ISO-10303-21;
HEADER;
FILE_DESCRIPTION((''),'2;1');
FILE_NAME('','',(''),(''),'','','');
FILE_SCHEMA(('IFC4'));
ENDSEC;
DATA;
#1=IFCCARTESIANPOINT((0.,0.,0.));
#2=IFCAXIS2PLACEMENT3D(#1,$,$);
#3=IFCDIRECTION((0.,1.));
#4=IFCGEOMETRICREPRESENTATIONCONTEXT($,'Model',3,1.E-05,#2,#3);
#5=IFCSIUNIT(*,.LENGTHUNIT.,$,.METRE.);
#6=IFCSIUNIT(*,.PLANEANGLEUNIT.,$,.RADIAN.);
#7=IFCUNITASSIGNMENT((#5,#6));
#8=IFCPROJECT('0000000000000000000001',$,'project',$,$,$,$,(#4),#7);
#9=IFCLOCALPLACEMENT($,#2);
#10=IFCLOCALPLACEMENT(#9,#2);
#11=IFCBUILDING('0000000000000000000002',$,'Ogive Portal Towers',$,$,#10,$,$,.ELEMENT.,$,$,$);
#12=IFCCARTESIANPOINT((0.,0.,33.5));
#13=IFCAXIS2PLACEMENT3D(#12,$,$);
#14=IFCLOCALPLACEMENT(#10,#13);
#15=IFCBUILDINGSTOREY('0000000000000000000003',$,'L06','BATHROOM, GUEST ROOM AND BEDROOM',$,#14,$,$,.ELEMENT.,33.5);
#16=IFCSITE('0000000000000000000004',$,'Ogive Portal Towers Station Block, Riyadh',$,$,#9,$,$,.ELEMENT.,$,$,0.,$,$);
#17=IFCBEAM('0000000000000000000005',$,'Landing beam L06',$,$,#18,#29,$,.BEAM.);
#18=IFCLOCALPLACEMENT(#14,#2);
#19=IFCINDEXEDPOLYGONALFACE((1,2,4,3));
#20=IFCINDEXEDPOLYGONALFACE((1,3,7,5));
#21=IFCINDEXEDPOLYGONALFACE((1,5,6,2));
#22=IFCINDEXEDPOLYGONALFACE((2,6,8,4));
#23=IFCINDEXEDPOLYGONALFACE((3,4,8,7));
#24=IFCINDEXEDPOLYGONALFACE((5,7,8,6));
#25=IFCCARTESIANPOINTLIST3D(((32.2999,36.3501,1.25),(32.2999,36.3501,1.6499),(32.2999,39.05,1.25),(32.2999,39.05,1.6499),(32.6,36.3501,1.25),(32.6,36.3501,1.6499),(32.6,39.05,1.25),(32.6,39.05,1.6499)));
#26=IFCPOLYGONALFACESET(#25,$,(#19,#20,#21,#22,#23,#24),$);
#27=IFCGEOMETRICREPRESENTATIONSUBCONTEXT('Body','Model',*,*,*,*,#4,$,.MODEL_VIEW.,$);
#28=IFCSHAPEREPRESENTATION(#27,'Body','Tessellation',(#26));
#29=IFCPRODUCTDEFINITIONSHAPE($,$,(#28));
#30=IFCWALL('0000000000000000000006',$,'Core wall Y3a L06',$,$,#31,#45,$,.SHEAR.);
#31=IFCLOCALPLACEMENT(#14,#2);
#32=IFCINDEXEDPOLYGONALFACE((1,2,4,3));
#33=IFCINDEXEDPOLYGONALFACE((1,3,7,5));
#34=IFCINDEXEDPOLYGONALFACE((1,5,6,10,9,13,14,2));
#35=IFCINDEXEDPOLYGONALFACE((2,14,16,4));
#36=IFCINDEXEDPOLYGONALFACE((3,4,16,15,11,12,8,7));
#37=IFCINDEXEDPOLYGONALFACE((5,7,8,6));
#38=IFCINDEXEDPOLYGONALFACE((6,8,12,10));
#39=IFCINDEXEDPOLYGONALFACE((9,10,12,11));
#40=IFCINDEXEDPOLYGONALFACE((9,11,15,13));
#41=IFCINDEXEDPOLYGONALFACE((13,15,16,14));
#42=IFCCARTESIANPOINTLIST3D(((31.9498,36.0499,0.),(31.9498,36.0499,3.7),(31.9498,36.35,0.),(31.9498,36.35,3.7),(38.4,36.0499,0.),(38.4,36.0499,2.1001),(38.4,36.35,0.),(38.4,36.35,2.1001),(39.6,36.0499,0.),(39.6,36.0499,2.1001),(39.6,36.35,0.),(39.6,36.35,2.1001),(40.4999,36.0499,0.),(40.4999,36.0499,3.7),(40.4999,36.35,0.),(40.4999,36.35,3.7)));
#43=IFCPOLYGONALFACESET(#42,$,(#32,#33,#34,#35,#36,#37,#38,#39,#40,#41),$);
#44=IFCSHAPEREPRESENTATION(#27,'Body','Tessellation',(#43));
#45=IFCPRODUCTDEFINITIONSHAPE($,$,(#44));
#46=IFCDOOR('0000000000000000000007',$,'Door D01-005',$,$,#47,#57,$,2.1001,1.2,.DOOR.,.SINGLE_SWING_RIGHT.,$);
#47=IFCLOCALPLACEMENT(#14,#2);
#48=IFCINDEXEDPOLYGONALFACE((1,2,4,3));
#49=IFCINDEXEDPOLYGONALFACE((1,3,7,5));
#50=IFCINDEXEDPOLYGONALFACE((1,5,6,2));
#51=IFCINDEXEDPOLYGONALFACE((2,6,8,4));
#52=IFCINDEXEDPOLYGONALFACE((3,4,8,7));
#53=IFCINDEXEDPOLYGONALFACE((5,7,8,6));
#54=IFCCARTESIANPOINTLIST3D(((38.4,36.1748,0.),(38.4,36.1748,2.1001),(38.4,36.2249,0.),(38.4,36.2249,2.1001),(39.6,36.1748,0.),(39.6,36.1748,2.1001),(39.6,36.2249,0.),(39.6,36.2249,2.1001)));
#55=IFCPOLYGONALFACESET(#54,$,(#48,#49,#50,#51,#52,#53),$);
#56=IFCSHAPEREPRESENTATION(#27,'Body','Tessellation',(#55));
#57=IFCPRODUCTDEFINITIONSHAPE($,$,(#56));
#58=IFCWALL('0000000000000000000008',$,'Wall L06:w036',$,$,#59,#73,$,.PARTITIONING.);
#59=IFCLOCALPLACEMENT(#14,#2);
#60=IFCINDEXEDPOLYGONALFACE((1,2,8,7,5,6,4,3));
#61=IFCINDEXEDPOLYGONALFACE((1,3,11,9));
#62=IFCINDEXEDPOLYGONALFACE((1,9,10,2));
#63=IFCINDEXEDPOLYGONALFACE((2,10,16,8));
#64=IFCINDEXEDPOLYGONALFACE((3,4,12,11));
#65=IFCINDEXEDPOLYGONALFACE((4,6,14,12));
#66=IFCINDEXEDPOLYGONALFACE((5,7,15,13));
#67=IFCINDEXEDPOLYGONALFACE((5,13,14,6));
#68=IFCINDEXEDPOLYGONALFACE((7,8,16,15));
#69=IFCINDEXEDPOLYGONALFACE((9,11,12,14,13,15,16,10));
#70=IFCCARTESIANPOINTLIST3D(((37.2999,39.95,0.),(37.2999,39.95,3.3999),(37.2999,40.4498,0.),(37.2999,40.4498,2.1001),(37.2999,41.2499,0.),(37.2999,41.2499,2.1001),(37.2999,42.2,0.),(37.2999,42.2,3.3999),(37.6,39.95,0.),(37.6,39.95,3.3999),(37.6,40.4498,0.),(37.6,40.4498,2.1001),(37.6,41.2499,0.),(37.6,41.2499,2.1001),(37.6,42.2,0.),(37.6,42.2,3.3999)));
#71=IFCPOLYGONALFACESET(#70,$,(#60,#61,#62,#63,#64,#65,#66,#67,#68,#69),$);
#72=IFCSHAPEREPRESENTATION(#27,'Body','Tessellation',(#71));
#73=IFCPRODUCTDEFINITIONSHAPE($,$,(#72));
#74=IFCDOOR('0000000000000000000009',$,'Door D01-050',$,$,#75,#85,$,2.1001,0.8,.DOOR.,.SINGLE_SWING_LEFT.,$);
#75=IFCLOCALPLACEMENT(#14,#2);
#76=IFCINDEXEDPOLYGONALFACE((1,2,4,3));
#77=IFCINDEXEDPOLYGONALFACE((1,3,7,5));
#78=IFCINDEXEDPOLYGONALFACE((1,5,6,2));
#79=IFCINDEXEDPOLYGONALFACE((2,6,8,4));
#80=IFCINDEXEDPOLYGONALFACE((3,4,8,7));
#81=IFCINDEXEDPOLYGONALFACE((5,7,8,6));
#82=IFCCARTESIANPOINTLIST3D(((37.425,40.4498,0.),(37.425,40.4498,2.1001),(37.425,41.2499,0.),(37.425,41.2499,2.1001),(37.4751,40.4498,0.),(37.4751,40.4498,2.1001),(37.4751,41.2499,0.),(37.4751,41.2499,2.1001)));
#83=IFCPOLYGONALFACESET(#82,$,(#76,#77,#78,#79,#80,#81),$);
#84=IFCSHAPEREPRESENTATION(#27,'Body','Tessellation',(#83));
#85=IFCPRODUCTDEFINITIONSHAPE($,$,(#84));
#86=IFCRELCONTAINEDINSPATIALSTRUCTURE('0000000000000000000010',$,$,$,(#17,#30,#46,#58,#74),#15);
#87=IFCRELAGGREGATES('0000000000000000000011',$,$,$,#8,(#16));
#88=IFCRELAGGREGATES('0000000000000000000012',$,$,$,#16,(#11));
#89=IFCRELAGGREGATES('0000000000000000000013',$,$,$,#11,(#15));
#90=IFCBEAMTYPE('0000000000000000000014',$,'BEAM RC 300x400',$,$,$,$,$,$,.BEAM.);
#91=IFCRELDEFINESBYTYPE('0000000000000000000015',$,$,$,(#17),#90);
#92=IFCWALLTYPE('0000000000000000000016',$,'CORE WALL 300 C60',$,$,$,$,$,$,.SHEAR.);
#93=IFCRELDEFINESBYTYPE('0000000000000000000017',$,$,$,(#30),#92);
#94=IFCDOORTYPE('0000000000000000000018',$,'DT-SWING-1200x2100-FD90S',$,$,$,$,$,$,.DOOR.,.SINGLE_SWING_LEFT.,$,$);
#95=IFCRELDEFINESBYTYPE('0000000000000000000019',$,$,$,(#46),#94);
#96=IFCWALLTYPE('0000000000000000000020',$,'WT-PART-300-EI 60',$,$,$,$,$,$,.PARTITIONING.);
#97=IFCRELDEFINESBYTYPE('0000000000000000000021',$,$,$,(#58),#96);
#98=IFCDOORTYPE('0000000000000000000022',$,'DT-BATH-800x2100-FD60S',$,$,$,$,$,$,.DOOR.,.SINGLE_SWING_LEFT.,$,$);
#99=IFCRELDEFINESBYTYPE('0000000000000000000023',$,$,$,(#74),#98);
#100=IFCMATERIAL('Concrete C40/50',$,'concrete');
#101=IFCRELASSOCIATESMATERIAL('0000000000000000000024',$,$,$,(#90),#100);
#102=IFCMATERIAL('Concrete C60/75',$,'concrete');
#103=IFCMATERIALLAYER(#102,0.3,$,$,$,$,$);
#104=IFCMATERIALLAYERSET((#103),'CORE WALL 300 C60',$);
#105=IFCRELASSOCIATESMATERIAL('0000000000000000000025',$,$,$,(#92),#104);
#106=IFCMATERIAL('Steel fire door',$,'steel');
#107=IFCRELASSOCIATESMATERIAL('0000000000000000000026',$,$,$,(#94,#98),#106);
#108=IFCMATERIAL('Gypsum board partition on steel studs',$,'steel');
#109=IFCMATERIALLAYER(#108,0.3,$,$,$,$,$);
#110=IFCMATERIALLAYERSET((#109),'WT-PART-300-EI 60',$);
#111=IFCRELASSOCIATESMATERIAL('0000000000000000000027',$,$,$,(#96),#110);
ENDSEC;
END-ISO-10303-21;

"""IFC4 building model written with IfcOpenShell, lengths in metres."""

from ifc_helpers import new_model, si_unit, direction, frame, frame_2d, origin, origin_2d, place, context, subcontext, project, spatial, rectangle, extrude, material, layer, layer_set, material_profile, profile_set, type_object, element, fill, save


model = new_model("IFC4")

# Units and contexts
model_context = context("Model", 3, precision=1e-05, world=origin(), true_north=direction((0.0, 1.0)))
body_context = subcontext(model_context, "Body", "Model", "MODEL_VIEW")
ifc_project = project(units=[si_unit("LENGTHUNIT", "METRE"), si_unit("PLANEANGLEUNIT", "RADIAN")], contexts=[model_context])

# Site, building, storey
site_placement = place(None, origin())
site = spatial("IfcSite", under=ifc_project, at=site_placement, Name="Ogive Portal Towers Station Block, Riyadh", CompositionType="ELEMENT", RefElevation=0.0)
building_placement = place(site_placement, origin())
building = spatial("IfcBuilding", under=site, at=building_placement, Name="Ogive Portal Towers", CompositionType="ELEMENT")
storey_placement = place(building_placement, frame((0.0, 0.0, 33.5)))
storey = spatial("IfcBuildingStorey", under=building, at=storey_placement, Name="L06", Description="BATHROOM, GUEST ROOM AND BEDROOM", CompositionType="ELEMENT", Elevation=33.5)

# Beam
ifc_material_1 = material(Name="Concrete C40/50", Category="concrete")
ifc_material_profile = material_profile(ifc_material_1, rectangle(XDim=0.3, YDim=0.3999, at=origin_2d()), Name="RC 300x400")
ifc_profile_set = profile_set([ifc_material_profile], Name="Concrete C40/50")
beam_type = type_object("IfcBeamType", Name="BEAM RC 300x400", PredefinedType="BEAM", material=ifc_profile_set)
beam_placement = place(storey_placement, frame((32.45, 36.3501, 1.45), z_axis=(0.0, 1.0, 0.0), x_axis=(-1.0, 0.0, 0.0)))
element("IfcBeam", 1, at=beam_placement, inside=storey, type_object=beam_type, Name="Landing beam L06", PredefinedType="BEAM", context=body_context, shape_type="SweptSolid", body=[
    extrude(rectangle(XDim=0.3, YDim=0.3999, at=origin_2d()), origin(), (0.0, 0.0, 1.0), 2.7),
])

# Walls, openings, doors
ifc_material_2 = material(Name="Concrete C60/75", Category="concrete")
ifc_layer_1 = layer(ifc_material_2, 0.3)
ifc_layer_set_1 = layer_set([ifc_layer_1], Name="CORE WALL 300 C60")
wall_type_1 = type_object("IfcWallType", Name="CORE WALL 300 C60", PredefinedType="SHEAR", material=ifc_layer_set_1)
wall_1_placement = place(storey_placement, frame((31.95, 36.2, 0.0), z_axis=(0.0, 0.0, 1.0), x_axis=(1.0, 0.0, 0.0)))
wall_1 = element("IfcWall", 2, at=wall_1_placement, inside=storey, type_object=wall_type_1, Name="Core wall Y3a L06", PredefinedType="SHEAR", context=body_context, shape_type="SweptSolid", body=[
    extrude(rectangle(XDim=8.55, YDim=0.3, at=frame_2d((4.2749, 0.0))), origin(), (0.0, 0.0, 1.0), 3.7),
])
opening_1_placement = place(wall_1_placement, frame((6.45, 0.0, 0.0)))
opening_1 = element("IfcOpeningElement", 3, at=opening_1_placement, cuts=wall_1, PredefinedType="OPENING", context=body_context, shape_type="SweptSolid", body=[
    extrude(rectangle(XDim=1.2, YDim=2.1001, at=frame_2d((0.6001, 1.05))), frame((0.0, 0.1602, 0.0), z_axis=(0.0, -1.0, 0.0), x_axis=(1.0, 0.0, 0.0)), (0.0, 0.0, 1.0), 0.3201),
])
ifc_material_3 = material(Name="Steel fire door", Category="steel")
door_type_1 = type_object("IfcDoorType", Name="DT-SWING-1200x2100-FD90S", OperationType="SINGLE_SWING_LEFT", PredefinedType="DOOR", material=ifc_material_3)
door_1_placement = place(opening_1_placement, origin())
door_1 = element("IfcDoor", 4, at=door_1_placement, inside=storey, type_object=door_type_1, Name="Door D01-005", OperationType="SINGLE_SWING_RIGHT", OverallHeight=2.1001, OverallWidth=1.2, PredefinedType="DOOR", context=body_context, shape_type="SweptSolid", body=[
    extrude(rectangle(XDim=1.2, YDim=2.1001, at=frame_2d((0.6001, 1.05))), frame((0.0, 0.0249, 0.0), z_axis=(0.0, -1.0, 0.0), x_axis=(1.0, 0.0, 0.0)), (0.0, 0.0, 1.0), 0.05),
])
fill(opening_1, door_1)
ifc_material_4 = material(Name="Gypsum board partition on steel studs", Category="steel")
ifc_layer_2 = layer(ifc_material_4, 0.3)
ifc_layer_set_2 = layer_set([ifc_layer_2], Name="WT-PART-300-EI 60")
wall_type_2 = type_object("IfcWallType", Name="WT-PART-300-EI 60", PredefinedType="PARTITIONING", material=ifc_layer_set_2)
wall_2_placement = place(storey_placement, frame((37.45, 39.95, 0.0), z_axis=(0.0, 0.0, 1.0), x_axis=(0.0, 1.0, 0.0)))
wall_2 = element("IfcWall", 5, at=wall_2_placement, inside=storey, type_object=wall_type_2, Name="Wall L06:w036", PredefinedType="PARTITIONING", context=body_context, shape_type="SweptSolid", body=[
    extrude(rectangle(XDim=2.25, YDim=0.3, at=frame_2d((1.125, 0.0))), origin(), (0.0, 0.0, 1.0), 3.3999),
])
opening_2_placement = place(wall_2_placement, frame((0.5, 0.0, 0.0)))
opening_2 = element("IfcOpeningElement", 6, at=opening_2_placement, cuts=wall_2, PredefinedType="OPENING", context=body_context, shape_type="SweptSolid", body=[
    extrude(rectangle(XDim=0.8, YDim=2.1001, at=frame_2d((0.3999, 1.05))), frame((0.0, 0.1602, 0.0), z_axis=(0.0, -1.0, 0.0), x_axis=(1.0, 0.0, 0.0)), (0.0, 0.0, 1.0), 0.3201),
])
door_type_2 = type_object("IfcDoorType", Name="DT-BATH-800x2100-FD60S", OperationType="SINGLE_SWING_LEFT", PredefinedType="DOOR", material=ifc_material_3)
door_2_placement = place(opening_2_placement, origin())
door_2 = element("IfcDoor", 7, at=door_2_placement, inside=storey, type_object=door_type_2, Name="Door D01-050", OperationType="SINGLE_SWING_LEFT", OverallHeight=2.1001, OverallWidth=0.8, PredefinedType="DOOR", context=body_context, shape_type="SweptSolid", body=[
    extrude(rectangle(XDim=0.8, YDim=2.1001, at=frame_2d((0.3999, 1.05))), frame((0.0, 0.0249, 0.0), z_axis=(0.0, -1.0, 0.0), x_axis=(1.0, 0.0, 0.0)), (0.0, 0.0, 1.0), 0.05),
])
fill(opening_2, door_2)

save(model, "model.ifc")
